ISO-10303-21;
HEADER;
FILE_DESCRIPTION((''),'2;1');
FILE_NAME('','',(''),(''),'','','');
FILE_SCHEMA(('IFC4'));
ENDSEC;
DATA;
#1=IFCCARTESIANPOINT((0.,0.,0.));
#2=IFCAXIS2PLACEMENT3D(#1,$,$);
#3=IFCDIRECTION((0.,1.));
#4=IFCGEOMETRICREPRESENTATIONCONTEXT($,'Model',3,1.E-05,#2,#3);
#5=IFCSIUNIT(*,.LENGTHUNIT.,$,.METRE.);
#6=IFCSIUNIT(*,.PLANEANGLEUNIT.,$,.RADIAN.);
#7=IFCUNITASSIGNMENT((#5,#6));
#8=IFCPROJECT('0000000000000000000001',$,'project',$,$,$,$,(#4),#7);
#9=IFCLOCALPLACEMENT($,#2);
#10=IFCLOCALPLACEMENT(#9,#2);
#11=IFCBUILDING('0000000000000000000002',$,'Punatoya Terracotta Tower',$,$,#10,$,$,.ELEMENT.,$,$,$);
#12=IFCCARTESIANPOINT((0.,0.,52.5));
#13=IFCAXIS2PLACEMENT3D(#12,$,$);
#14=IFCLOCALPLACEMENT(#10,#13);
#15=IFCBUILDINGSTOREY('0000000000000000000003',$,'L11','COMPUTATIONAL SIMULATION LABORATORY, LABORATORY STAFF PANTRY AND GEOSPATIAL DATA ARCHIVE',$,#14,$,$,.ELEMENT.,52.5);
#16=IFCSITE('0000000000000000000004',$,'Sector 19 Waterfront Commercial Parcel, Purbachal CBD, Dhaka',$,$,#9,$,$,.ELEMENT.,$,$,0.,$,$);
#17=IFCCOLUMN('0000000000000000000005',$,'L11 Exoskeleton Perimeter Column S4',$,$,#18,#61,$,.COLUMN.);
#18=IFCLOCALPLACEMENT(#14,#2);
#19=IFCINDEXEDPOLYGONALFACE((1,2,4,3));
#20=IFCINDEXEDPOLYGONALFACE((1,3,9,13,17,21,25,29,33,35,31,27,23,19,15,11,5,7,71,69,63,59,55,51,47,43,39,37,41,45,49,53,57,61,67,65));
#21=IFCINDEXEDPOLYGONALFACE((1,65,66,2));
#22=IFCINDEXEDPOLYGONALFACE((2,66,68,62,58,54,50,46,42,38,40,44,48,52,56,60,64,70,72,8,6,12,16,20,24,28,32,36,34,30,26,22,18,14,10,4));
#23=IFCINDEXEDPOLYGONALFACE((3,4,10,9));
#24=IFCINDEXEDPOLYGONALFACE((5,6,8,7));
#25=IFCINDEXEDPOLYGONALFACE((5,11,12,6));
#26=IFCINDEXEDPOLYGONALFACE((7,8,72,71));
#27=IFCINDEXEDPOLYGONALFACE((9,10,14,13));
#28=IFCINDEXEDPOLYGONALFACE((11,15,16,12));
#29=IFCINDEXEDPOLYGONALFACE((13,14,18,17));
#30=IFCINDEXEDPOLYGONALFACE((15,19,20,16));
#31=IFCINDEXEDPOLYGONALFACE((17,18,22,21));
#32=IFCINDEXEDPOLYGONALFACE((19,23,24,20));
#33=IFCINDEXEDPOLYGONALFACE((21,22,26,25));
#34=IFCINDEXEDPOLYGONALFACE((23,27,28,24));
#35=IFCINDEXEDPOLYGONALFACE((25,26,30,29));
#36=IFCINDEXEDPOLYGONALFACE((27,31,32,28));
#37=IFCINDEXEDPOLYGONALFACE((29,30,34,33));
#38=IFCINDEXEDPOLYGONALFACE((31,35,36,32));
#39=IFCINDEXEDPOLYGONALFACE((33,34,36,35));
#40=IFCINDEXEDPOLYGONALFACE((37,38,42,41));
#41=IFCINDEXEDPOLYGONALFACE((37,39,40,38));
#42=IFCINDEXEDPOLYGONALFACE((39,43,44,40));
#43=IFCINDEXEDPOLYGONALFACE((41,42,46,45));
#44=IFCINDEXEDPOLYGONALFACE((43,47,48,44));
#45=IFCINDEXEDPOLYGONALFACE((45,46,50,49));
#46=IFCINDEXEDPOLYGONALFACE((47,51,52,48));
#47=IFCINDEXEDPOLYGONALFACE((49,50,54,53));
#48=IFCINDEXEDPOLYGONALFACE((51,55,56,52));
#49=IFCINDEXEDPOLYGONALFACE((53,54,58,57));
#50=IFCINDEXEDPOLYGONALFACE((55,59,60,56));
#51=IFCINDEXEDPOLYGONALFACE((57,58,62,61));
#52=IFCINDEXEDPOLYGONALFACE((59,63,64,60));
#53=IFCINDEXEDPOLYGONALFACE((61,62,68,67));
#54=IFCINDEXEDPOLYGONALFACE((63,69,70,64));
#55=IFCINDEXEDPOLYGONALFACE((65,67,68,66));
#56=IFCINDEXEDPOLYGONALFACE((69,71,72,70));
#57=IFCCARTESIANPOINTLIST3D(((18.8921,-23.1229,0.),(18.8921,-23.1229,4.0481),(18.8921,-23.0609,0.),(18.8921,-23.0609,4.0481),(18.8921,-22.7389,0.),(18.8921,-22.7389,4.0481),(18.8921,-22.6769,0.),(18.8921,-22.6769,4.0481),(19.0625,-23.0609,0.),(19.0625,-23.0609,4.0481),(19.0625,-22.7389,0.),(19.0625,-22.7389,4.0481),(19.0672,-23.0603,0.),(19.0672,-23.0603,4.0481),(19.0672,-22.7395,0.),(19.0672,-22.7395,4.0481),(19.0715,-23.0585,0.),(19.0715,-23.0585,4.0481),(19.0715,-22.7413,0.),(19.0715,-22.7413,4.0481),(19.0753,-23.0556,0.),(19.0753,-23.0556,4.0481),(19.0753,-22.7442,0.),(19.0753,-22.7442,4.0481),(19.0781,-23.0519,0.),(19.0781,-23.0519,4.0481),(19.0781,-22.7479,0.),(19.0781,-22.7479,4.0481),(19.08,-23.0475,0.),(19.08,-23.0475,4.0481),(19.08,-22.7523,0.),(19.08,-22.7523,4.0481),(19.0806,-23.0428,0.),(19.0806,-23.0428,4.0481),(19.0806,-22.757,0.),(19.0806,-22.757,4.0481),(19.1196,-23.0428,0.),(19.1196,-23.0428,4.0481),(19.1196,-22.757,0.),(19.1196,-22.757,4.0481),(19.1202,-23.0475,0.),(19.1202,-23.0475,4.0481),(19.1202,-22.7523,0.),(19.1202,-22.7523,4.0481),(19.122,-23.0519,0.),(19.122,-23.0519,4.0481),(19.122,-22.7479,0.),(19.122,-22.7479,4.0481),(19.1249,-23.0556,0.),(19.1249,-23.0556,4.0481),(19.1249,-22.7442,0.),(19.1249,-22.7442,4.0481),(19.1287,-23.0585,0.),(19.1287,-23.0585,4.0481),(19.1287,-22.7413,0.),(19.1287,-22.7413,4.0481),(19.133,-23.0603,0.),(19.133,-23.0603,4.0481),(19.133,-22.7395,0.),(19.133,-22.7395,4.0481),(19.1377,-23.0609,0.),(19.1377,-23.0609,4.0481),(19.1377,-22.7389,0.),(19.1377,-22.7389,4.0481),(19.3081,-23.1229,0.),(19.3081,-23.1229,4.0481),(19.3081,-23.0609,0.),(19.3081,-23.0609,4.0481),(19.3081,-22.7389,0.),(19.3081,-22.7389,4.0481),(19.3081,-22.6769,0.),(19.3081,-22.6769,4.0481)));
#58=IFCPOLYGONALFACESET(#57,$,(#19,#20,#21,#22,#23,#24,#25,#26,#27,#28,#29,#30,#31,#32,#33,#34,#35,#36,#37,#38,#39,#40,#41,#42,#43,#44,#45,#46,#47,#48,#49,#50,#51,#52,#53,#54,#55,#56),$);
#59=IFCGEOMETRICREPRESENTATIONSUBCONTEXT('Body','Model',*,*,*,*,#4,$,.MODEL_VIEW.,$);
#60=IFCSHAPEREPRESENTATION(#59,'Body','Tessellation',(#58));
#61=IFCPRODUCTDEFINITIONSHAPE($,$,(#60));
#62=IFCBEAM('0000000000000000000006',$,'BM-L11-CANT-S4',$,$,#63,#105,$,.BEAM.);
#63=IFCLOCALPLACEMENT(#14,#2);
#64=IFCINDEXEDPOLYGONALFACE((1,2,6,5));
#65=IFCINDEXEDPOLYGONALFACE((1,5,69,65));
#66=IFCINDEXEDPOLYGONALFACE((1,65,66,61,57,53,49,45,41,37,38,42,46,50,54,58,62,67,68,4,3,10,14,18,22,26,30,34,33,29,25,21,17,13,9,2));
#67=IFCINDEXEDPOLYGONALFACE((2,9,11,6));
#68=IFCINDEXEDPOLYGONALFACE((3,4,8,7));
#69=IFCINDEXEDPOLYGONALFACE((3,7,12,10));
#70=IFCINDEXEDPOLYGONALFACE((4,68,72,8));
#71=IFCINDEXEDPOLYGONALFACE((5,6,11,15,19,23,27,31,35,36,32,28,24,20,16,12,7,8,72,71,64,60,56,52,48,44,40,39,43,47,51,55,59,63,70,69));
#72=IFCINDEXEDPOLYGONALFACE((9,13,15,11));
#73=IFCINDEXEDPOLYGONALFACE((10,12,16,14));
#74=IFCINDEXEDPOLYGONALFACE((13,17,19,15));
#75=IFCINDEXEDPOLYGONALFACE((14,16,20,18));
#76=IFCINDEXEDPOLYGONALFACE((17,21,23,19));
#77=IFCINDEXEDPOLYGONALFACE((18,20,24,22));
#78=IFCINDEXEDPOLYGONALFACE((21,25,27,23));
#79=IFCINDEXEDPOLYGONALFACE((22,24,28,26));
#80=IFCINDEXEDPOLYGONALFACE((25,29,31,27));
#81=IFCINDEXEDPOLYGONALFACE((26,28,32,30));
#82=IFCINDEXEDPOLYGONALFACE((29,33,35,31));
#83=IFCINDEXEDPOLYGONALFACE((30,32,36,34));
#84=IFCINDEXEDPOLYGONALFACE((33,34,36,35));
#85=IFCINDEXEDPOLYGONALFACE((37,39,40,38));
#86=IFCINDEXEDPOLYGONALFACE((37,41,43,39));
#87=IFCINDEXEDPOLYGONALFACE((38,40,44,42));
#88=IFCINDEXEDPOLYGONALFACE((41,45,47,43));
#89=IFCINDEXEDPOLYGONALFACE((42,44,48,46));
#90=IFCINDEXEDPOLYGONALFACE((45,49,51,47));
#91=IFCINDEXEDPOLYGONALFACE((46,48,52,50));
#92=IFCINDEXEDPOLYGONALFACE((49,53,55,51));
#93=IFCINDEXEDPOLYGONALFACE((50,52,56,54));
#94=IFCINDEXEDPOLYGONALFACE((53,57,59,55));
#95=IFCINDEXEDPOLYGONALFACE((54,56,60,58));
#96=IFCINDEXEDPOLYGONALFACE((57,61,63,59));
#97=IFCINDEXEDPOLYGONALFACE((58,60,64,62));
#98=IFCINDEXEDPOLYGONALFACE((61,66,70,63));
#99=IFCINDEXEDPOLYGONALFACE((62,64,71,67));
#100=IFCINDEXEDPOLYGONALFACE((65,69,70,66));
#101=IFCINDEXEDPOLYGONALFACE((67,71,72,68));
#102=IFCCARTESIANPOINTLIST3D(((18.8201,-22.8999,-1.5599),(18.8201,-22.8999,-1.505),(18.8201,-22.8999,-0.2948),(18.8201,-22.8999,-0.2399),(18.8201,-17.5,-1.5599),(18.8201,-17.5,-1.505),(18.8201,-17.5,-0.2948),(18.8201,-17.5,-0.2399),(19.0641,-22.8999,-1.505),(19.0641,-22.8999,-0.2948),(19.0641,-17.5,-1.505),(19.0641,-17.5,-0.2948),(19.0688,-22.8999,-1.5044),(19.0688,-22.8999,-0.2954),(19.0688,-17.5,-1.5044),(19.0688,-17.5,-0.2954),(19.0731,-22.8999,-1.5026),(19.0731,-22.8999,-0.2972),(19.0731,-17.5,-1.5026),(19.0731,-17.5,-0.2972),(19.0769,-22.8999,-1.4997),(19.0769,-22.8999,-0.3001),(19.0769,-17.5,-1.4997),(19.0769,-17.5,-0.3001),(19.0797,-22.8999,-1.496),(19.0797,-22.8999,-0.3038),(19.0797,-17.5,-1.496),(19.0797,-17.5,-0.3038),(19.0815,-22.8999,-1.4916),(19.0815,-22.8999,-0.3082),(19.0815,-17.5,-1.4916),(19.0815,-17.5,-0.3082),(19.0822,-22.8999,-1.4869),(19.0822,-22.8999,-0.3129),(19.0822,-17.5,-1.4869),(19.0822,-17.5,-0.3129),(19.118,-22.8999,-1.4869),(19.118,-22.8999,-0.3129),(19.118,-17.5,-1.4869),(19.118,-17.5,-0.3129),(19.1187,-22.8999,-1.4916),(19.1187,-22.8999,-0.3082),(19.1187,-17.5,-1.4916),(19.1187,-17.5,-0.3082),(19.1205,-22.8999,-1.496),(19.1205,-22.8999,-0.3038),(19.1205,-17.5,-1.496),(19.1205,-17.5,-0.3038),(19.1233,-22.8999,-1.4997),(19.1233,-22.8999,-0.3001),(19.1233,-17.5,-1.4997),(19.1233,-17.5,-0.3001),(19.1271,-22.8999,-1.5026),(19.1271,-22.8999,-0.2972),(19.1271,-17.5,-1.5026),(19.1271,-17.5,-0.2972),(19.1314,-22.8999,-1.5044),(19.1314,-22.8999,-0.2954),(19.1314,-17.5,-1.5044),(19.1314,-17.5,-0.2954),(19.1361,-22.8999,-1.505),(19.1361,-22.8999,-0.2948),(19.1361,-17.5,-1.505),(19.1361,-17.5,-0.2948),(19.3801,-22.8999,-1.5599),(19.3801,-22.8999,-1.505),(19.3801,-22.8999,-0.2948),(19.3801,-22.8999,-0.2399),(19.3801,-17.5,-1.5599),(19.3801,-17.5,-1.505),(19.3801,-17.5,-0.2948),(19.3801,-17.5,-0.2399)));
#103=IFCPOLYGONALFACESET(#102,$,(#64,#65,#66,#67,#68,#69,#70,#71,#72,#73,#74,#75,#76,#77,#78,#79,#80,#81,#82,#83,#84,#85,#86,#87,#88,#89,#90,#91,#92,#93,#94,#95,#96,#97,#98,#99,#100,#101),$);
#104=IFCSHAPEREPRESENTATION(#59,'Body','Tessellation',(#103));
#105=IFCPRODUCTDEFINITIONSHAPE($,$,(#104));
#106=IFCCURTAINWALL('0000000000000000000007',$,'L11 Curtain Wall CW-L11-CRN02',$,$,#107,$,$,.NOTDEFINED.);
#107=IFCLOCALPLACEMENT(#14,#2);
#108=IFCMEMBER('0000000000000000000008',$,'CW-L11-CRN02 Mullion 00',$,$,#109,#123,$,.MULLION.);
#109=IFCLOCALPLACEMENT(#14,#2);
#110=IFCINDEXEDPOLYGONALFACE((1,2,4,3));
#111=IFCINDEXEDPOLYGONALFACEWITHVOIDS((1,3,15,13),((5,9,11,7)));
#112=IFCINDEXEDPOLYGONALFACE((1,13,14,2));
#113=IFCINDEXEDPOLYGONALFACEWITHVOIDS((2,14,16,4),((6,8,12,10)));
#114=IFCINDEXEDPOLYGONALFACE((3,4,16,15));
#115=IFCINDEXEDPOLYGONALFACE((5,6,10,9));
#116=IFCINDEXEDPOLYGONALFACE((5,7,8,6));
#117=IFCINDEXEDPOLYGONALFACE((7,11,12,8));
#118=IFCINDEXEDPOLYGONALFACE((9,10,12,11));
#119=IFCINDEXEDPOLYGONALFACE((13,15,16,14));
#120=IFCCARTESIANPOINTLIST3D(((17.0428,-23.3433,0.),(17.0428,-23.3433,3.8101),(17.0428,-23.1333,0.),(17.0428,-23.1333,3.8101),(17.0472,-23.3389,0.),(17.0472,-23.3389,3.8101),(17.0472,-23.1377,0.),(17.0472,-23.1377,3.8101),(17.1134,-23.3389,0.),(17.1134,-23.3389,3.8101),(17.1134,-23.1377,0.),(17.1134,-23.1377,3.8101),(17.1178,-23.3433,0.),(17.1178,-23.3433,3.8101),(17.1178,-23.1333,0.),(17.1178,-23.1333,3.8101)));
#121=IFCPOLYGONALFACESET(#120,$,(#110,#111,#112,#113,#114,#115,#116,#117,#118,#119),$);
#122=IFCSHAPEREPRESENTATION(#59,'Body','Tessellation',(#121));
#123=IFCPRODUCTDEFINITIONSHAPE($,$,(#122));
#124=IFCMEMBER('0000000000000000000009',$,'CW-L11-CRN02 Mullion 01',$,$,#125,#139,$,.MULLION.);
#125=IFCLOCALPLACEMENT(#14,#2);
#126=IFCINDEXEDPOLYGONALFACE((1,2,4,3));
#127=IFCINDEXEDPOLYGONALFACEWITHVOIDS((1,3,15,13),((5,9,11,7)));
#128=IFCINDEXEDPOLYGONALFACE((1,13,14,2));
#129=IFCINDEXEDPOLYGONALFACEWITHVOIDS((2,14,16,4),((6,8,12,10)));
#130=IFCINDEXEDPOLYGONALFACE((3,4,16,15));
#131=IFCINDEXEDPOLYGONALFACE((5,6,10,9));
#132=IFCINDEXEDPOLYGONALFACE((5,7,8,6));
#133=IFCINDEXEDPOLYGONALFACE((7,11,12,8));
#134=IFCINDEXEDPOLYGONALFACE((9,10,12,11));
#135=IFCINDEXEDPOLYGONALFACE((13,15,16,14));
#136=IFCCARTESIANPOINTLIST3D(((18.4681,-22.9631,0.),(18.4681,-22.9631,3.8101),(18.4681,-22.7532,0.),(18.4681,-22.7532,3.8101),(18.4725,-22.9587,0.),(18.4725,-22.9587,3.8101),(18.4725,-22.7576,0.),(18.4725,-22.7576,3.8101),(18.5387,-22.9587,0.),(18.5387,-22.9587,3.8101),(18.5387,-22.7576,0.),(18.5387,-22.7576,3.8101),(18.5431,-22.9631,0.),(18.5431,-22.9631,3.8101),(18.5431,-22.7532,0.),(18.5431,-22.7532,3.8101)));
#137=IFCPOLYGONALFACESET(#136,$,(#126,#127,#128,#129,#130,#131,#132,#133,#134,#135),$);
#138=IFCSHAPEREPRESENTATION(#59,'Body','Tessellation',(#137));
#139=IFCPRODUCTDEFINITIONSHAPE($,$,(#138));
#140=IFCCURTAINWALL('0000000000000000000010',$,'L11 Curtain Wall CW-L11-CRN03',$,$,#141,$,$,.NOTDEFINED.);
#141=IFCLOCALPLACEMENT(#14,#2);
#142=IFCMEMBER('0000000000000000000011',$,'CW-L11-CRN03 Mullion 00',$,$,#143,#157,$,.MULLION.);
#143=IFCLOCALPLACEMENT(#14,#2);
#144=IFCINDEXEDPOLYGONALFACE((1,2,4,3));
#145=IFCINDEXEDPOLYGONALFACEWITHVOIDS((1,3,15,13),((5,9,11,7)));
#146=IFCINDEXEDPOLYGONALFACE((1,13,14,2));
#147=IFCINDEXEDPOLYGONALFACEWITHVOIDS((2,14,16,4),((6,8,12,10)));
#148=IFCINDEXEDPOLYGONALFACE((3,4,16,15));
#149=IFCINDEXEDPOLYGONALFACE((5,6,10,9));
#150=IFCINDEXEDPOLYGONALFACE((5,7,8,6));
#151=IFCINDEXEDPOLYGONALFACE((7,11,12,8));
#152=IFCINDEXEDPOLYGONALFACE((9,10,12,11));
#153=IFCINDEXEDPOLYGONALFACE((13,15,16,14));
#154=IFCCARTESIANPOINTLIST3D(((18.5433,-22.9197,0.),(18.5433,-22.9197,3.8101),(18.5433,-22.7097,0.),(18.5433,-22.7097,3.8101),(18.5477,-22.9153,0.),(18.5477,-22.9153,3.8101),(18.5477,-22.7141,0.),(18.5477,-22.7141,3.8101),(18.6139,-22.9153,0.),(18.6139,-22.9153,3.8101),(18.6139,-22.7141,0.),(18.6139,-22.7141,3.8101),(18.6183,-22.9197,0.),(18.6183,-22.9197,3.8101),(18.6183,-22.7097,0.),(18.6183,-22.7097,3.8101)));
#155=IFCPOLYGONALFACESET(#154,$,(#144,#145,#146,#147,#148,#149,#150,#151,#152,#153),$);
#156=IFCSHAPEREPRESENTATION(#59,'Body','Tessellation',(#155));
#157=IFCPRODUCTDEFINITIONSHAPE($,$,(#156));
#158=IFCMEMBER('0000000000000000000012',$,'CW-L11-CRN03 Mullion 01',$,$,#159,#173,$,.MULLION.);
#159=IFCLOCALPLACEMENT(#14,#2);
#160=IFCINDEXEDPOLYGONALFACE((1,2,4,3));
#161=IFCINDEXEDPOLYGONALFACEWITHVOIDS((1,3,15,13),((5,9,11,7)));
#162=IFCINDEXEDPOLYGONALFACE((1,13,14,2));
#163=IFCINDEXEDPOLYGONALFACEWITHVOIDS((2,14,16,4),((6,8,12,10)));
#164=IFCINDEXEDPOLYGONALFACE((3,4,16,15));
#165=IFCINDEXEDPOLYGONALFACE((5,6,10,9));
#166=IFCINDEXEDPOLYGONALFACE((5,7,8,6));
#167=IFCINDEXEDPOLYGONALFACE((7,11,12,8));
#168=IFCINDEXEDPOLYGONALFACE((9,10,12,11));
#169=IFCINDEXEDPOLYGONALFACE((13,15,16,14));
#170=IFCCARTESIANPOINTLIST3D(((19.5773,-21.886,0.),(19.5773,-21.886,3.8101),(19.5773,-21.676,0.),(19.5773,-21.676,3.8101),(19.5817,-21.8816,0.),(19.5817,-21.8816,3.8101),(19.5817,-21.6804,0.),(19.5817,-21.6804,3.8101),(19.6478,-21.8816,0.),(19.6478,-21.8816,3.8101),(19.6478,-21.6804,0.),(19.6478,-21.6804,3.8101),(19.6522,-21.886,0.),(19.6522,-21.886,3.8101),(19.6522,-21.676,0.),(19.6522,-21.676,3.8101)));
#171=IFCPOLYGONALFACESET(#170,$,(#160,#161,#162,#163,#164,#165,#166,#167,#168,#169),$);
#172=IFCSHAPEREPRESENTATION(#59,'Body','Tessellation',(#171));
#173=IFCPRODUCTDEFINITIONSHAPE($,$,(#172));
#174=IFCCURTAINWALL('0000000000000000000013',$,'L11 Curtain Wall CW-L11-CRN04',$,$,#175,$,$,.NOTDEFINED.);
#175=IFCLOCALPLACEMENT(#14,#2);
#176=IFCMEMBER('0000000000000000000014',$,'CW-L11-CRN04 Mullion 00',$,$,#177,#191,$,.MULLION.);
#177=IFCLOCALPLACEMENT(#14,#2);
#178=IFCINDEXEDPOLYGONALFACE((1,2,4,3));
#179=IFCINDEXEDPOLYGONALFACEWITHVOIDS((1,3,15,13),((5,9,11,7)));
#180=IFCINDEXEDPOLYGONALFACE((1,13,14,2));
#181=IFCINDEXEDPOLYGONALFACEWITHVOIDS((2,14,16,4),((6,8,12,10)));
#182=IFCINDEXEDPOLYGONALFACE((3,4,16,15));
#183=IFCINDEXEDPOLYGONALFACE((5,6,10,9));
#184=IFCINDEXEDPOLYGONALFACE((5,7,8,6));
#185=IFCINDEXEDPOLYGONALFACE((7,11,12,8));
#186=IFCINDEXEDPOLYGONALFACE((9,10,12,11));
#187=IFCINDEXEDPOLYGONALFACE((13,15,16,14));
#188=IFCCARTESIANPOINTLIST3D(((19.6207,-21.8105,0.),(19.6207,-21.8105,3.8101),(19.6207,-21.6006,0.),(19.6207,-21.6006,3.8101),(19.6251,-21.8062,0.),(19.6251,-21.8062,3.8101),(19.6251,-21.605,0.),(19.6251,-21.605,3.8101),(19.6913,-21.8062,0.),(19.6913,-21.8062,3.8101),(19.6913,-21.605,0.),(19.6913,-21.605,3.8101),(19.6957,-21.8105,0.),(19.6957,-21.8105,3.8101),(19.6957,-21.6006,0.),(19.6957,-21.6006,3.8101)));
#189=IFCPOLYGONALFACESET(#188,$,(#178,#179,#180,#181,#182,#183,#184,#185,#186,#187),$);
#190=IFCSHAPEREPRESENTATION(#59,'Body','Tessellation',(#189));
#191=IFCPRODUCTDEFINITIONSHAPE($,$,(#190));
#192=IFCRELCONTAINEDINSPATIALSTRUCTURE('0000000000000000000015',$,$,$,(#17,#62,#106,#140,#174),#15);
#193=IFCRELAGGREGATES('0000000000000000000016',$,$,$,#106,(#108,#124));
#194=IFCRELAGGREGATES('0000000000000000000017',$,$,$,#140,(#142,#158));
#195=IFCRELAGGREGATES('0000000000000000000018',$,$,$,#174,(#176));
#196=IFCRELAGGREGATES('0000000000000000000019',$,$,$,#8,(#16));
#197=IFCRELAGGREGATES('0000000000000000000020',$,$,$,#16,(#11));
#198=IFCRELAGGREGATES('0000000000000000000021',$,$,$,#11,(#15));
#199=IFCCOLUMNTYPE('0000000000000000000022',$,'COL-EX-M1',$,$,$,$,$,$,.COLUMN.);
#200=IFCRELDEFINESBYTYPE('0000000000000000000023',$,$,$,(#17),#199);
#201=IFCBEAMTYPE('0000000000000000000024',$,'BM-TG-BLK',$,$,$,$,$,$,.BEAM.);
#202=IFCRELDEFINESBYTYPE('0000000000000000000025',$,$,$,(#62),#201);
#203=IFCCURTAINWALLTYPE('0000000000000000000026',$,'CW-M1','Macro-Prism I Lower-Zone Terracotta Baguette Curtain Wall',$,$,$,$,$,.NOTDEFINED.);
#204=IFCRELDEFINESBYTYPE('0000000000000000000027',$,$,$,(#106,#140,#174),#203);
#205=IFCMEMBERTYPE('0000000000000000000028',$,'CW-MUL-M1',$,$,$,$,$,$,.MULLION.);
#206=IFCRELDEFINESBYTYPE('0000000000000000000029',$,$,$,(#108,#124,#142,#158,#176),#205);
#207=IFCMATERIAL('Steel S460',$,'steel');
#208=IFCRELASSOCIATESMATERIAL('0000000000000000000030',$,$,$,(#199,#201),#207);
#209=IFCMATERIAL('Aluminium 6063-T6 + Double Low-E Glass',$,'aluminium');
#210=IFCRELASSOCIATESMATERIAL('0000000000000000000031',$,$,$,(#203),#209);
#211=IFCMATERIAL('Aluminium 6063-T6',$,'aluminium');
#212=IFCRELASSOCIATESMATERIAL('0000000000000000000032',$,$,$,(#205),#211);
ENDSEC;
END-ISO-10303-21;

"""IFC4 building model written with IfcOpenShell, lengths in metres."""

from ifc_helpers import new_model, si_unit, direction, frame, origin, origin_2d, place, context, subcontext, project, spatial, hollow_rectangle, i_section, extrude, material, material_profile, profile_set, type_object, element, aggregate, save


model = new_model("IFC4")

# Units and contexts
model_context = context("Model", 3, precision=1e-05, world=origin(), true_north=direction((0.0, 1.0)))
body_context = subcontext(model_context, "Body", "Model", "MODEL_VIEW")
ifc_project = project(units=[si_unit("LENGTHUNIT", "METRE"), si_unit("PLANEANGLEUNIT", "RADIAN")], contexts=[model_context])

# Site, building, storey
site_placement = place(None, origin())
site = spatial("IfcSite", under=ifc_project, at=site_placement, Name="Sector 19 Waterfront Commercial Parcel, Purbachal CBD, Dhaka", CompositionType="ELEMENT", RefElevation=0.0)
building_placement = place(site_placement, origin())
building = spatial("IfcBuilding", under=site, at=building_placement, Name="Punatoya Terracotta Tower", CompositionType="ELEMENT")
storey_placement = place(building_placement, frame((0.0, 0.0, 52.5)))
storey = spatial("IfcBuildingStorey", under=building, at=storey_placement, Name="L11", Description="COMPUTATIONAL SIMULATION LABORATORY, LABORATORY STAFF PANTRY AND GEOSPATIAL DATA ARCHIVE", CompositionType="ELEMENT", Elevation=52.5)

# Column
ifc_material_1 = material(Name="Steel S460", Category="steel")
ifc_material_profile_1 = material_profile(ifc_material_1, i_section(OverallWidth=0.416, OverallDepth=0.446, WebThickness=0.0391, FlangeThickness=0.062, FilletRadius=0.0181, at=origin_2d()))
ifc_profile_set_1 = profile_set([ifc_material_profile_1], Name="Steel S460")
column_type = type_object("IfcColumnType", Name="COL-EX-M1", PredefinedType="COLUMN", material=ifc_profile_set_1)
column_placement = place(storey_placement, frame((19.1001, -22.8999, 0.0), z_axis=(0.0, 0.0, 1.0), x_axis=(1.0, 0.0, 0.0)))
element("IfcColumn", 1, at=column_placement, inside=storey, type_object=column_type, Name="L11 Exoskeleton Perimeter Column S4", PredefinedType="COLUMN", context=body_context, shape_type="SweptSolid", body=[
    extrude(i_section(OverallWidth=0.416, OverallDepth=0.446, WebThickness=0.0391, FlangeThickness=0.062, FilletRadius=0.0181, at=origin_2d()), origin(), (0.0, 0.0, 1.0), 4.0481),
])

# Beam
ifc_material_profile_2 = material_profile(ifc_material_1, i_section(OverallWidth=0.5601, OverallDepth=1.3201, WebThickness=0.0359, FlangeThickness=0.0549, FilletRadius=0.0181, at=origin_2d()))
ifc_profile_set_2 = profile_set([ifc_material_profile_2], Name="Steel S460")
beam_type = type_object("IfcBeamType", Name="BM-TG-BLK", PredefinedType="BEAM", material=ifc_profile_set_2)
beam_placement = place(storey_placement, frame((19.1001, -22.8999, -0.8999), z_axis=(0.0, 1.0, 0.0), x_axis=(-1.0, 0.0, 0.0)))
element("IfcBeam", 2, at=beam_placement, inside=storey, type_object=beam_type, Name="BM-L11-CANT-S4", PredefinedType="BEAM", context=body_context, shape_type="SweptSolid", body=[
    extrude(i_section(OverallWidth=0.5601, OverallDepth=1.3201, WebThickness=0.0359, FlangeThickness=0.0549, FilletRadius=0.0181, at=origin_2d()), origin(), (0.0, 0.0, 1.0), 5.3999),
])

# Curtain walls, members
ifc_material_2 = material(Name="Aluminium 6063-T6 + Double Low-E Glass", Category="aluminium")
curtain_wall_type = type_object("IfcCurtainWallType", Name="CW-M1", Description="Macro-Prism I Lower-Zone Terracotta Baguette Curtain Wall", PredefinedType="NOTDEFINED", material=ifc_material_2)
curtain_wall_1_placement = place(storey_placement, origin())
curtain_wall_1 = element("IfcCurtainWall", 3, at=curtain_wall_1_placement, inside=storey, type_object=curtain_wall_type, Name="L11 Curtain Wall CW-L11-CRN02", PredefinedType="NOTDEFINED")
ifc_material_3 = material(Name="Aluminium 6063-T6", Category="aluminium")
ifc_material_profile_3 = material_profile(ifc_material_3, hollow_rectangle(XDim=0.075, YDim=0.21, WallThickness=0.0044, at=origin_2d()))
ifc_profile_set_3 = profile_set([ifc_material_profile_3], Name="Aluminium 6063-T6")
member_type_1 = type_object("IfcMemberType", Name="CW-MUL-M1", PredefinedType="MULLION", material=ifc_profile_set_3)
member_1_placement = place(storey_placement, frame((17.0803, -23.2383, 0.0), z_axis=(0.0, 0.0, 1.0), x_axis=(1.0, 0.0, 0.0)))
member_1 = element("IfcMember", 4, at=member_1_placement, type_object=member_type_1, Name="CW-L11-CRN02 Mullion 00", PredefinedType="MULLION", context=body_context, shape_type="SweptSolid", body=[
    extrude(hollow_rectangle(XDim=0.075, YDim=0.21, WallThickness=0.0044, at=origin_2d()), origin(), (0.0, 0.0, 1.0), 3.8101),
])
member_2_placement = place(storey_placement, frame((18.5056, -22.8582, 0.0), z_axis=(0.0, 0.0, 1.0), x_axis=(1.0, 0.0, 0.0)))
member_2 = element("IfcMember", 5, at=member_2_placement, type_object=member_type_1, Name="CW-L11-CRN02 Mullion 01", PredefinedType="MULLION", context=body_context, shape_type="SweptSolid", body=[
    extrude(hollow_rectangle(XDim=0.075, YDim=0.21, WallThickness=0.0044, at=origin_2d()), origin(), (0.0, 0.0, 1.0), 3.8101),
])
curtain_wall_2_placement = place(storey_placement, origin())
curtain_wall_2 = element("IfcCurtainWall", 6, at=curtain_wall_2_placement, inside=storey, type_object=curtain_wall_type, Name="L11 Curtain Wall CW-L11-CRN03", PredefinedType="NOTDEFINED")
member_3_placement = place(storey_placement, frame((18.5808, -22.8147, 0.0), z_axis=(0.0, 0.0, 1.0), x_axis=(1.0, 0.0, 0.0)))
member_3 = element("IfcMember", 7, at=member_3_placement, type_object=member_type_1, Name="CW-L11-CRN03 Mullion 00", PredefinedType="MULLION", context=body_context, shape_type="SweptSolid", body=[
    extrude(hollow_rectangle(XDim=0.075, YDim=0.21, WallThickness=0.0044, at=origin_2d()), origin(), (0.0, 0.0, 1.0), 3.8101),
])
member_4_placement = place(storey_placement, frame((19.6147, -21.781, 0.0), z_axis=(0.0, 0.0, 1.0), x_axis=(1.0, 0.0, 0.0)))
member_4 = element("IfcMember", 8, at=member_4_placement, type_object=member_type_1, Name="CW-L11-CRN03 Mullion 01", PredefinedType="MULLION", context=body_context, shape_type="SweptSolid", body=[
    extrude(hollow_rectangle(XDim=0.075, YDim=0.21, WallThickness=0.0044, at=origin_2d()), origin(), (0.0, 0.0, 1.0), 3.8101),
])
curtain_wall_3_placement = place(storey_placement, origin())
curtain_wall_3 = element("IfcCurtainWall", 9, at=curtain_wall_3_placement, inside=storey, type_object=curtain_wall_type, Name="L11 Curtain Wall CW-L11-CRN04", PredefinedType="NOTDEFINED")
member_5_placement = place(storey_placement, frame((19.6582, -21.7056, 0.0), z_axis=(0.0, 0.0, 1.0), x_axis=(1.0, 0.0, 0.0)))
member_5 = element("IfcMember", 10, at=member_5_placement, type_object=member_type_1, Name="CW-L11-CRN04 Mullion 00", PredefinedType="MULLION", context=body_context, shape_type="SweptSolid", body=[
    extrude(hollow_rectangle(XDim=0.075, YDim=0.21, WallThickness=0.0044, at=origin_2d()), origin(), (0.0, 0.0, 1.0), 3.8101),
])

aggregate(curtain_wall_1, [member_1, member_2])
aggregate(curtain_wall_2, [member_3, member_4])
aggregate(curtain_wall_3, [member_5])

save(model, "model.ifc")
